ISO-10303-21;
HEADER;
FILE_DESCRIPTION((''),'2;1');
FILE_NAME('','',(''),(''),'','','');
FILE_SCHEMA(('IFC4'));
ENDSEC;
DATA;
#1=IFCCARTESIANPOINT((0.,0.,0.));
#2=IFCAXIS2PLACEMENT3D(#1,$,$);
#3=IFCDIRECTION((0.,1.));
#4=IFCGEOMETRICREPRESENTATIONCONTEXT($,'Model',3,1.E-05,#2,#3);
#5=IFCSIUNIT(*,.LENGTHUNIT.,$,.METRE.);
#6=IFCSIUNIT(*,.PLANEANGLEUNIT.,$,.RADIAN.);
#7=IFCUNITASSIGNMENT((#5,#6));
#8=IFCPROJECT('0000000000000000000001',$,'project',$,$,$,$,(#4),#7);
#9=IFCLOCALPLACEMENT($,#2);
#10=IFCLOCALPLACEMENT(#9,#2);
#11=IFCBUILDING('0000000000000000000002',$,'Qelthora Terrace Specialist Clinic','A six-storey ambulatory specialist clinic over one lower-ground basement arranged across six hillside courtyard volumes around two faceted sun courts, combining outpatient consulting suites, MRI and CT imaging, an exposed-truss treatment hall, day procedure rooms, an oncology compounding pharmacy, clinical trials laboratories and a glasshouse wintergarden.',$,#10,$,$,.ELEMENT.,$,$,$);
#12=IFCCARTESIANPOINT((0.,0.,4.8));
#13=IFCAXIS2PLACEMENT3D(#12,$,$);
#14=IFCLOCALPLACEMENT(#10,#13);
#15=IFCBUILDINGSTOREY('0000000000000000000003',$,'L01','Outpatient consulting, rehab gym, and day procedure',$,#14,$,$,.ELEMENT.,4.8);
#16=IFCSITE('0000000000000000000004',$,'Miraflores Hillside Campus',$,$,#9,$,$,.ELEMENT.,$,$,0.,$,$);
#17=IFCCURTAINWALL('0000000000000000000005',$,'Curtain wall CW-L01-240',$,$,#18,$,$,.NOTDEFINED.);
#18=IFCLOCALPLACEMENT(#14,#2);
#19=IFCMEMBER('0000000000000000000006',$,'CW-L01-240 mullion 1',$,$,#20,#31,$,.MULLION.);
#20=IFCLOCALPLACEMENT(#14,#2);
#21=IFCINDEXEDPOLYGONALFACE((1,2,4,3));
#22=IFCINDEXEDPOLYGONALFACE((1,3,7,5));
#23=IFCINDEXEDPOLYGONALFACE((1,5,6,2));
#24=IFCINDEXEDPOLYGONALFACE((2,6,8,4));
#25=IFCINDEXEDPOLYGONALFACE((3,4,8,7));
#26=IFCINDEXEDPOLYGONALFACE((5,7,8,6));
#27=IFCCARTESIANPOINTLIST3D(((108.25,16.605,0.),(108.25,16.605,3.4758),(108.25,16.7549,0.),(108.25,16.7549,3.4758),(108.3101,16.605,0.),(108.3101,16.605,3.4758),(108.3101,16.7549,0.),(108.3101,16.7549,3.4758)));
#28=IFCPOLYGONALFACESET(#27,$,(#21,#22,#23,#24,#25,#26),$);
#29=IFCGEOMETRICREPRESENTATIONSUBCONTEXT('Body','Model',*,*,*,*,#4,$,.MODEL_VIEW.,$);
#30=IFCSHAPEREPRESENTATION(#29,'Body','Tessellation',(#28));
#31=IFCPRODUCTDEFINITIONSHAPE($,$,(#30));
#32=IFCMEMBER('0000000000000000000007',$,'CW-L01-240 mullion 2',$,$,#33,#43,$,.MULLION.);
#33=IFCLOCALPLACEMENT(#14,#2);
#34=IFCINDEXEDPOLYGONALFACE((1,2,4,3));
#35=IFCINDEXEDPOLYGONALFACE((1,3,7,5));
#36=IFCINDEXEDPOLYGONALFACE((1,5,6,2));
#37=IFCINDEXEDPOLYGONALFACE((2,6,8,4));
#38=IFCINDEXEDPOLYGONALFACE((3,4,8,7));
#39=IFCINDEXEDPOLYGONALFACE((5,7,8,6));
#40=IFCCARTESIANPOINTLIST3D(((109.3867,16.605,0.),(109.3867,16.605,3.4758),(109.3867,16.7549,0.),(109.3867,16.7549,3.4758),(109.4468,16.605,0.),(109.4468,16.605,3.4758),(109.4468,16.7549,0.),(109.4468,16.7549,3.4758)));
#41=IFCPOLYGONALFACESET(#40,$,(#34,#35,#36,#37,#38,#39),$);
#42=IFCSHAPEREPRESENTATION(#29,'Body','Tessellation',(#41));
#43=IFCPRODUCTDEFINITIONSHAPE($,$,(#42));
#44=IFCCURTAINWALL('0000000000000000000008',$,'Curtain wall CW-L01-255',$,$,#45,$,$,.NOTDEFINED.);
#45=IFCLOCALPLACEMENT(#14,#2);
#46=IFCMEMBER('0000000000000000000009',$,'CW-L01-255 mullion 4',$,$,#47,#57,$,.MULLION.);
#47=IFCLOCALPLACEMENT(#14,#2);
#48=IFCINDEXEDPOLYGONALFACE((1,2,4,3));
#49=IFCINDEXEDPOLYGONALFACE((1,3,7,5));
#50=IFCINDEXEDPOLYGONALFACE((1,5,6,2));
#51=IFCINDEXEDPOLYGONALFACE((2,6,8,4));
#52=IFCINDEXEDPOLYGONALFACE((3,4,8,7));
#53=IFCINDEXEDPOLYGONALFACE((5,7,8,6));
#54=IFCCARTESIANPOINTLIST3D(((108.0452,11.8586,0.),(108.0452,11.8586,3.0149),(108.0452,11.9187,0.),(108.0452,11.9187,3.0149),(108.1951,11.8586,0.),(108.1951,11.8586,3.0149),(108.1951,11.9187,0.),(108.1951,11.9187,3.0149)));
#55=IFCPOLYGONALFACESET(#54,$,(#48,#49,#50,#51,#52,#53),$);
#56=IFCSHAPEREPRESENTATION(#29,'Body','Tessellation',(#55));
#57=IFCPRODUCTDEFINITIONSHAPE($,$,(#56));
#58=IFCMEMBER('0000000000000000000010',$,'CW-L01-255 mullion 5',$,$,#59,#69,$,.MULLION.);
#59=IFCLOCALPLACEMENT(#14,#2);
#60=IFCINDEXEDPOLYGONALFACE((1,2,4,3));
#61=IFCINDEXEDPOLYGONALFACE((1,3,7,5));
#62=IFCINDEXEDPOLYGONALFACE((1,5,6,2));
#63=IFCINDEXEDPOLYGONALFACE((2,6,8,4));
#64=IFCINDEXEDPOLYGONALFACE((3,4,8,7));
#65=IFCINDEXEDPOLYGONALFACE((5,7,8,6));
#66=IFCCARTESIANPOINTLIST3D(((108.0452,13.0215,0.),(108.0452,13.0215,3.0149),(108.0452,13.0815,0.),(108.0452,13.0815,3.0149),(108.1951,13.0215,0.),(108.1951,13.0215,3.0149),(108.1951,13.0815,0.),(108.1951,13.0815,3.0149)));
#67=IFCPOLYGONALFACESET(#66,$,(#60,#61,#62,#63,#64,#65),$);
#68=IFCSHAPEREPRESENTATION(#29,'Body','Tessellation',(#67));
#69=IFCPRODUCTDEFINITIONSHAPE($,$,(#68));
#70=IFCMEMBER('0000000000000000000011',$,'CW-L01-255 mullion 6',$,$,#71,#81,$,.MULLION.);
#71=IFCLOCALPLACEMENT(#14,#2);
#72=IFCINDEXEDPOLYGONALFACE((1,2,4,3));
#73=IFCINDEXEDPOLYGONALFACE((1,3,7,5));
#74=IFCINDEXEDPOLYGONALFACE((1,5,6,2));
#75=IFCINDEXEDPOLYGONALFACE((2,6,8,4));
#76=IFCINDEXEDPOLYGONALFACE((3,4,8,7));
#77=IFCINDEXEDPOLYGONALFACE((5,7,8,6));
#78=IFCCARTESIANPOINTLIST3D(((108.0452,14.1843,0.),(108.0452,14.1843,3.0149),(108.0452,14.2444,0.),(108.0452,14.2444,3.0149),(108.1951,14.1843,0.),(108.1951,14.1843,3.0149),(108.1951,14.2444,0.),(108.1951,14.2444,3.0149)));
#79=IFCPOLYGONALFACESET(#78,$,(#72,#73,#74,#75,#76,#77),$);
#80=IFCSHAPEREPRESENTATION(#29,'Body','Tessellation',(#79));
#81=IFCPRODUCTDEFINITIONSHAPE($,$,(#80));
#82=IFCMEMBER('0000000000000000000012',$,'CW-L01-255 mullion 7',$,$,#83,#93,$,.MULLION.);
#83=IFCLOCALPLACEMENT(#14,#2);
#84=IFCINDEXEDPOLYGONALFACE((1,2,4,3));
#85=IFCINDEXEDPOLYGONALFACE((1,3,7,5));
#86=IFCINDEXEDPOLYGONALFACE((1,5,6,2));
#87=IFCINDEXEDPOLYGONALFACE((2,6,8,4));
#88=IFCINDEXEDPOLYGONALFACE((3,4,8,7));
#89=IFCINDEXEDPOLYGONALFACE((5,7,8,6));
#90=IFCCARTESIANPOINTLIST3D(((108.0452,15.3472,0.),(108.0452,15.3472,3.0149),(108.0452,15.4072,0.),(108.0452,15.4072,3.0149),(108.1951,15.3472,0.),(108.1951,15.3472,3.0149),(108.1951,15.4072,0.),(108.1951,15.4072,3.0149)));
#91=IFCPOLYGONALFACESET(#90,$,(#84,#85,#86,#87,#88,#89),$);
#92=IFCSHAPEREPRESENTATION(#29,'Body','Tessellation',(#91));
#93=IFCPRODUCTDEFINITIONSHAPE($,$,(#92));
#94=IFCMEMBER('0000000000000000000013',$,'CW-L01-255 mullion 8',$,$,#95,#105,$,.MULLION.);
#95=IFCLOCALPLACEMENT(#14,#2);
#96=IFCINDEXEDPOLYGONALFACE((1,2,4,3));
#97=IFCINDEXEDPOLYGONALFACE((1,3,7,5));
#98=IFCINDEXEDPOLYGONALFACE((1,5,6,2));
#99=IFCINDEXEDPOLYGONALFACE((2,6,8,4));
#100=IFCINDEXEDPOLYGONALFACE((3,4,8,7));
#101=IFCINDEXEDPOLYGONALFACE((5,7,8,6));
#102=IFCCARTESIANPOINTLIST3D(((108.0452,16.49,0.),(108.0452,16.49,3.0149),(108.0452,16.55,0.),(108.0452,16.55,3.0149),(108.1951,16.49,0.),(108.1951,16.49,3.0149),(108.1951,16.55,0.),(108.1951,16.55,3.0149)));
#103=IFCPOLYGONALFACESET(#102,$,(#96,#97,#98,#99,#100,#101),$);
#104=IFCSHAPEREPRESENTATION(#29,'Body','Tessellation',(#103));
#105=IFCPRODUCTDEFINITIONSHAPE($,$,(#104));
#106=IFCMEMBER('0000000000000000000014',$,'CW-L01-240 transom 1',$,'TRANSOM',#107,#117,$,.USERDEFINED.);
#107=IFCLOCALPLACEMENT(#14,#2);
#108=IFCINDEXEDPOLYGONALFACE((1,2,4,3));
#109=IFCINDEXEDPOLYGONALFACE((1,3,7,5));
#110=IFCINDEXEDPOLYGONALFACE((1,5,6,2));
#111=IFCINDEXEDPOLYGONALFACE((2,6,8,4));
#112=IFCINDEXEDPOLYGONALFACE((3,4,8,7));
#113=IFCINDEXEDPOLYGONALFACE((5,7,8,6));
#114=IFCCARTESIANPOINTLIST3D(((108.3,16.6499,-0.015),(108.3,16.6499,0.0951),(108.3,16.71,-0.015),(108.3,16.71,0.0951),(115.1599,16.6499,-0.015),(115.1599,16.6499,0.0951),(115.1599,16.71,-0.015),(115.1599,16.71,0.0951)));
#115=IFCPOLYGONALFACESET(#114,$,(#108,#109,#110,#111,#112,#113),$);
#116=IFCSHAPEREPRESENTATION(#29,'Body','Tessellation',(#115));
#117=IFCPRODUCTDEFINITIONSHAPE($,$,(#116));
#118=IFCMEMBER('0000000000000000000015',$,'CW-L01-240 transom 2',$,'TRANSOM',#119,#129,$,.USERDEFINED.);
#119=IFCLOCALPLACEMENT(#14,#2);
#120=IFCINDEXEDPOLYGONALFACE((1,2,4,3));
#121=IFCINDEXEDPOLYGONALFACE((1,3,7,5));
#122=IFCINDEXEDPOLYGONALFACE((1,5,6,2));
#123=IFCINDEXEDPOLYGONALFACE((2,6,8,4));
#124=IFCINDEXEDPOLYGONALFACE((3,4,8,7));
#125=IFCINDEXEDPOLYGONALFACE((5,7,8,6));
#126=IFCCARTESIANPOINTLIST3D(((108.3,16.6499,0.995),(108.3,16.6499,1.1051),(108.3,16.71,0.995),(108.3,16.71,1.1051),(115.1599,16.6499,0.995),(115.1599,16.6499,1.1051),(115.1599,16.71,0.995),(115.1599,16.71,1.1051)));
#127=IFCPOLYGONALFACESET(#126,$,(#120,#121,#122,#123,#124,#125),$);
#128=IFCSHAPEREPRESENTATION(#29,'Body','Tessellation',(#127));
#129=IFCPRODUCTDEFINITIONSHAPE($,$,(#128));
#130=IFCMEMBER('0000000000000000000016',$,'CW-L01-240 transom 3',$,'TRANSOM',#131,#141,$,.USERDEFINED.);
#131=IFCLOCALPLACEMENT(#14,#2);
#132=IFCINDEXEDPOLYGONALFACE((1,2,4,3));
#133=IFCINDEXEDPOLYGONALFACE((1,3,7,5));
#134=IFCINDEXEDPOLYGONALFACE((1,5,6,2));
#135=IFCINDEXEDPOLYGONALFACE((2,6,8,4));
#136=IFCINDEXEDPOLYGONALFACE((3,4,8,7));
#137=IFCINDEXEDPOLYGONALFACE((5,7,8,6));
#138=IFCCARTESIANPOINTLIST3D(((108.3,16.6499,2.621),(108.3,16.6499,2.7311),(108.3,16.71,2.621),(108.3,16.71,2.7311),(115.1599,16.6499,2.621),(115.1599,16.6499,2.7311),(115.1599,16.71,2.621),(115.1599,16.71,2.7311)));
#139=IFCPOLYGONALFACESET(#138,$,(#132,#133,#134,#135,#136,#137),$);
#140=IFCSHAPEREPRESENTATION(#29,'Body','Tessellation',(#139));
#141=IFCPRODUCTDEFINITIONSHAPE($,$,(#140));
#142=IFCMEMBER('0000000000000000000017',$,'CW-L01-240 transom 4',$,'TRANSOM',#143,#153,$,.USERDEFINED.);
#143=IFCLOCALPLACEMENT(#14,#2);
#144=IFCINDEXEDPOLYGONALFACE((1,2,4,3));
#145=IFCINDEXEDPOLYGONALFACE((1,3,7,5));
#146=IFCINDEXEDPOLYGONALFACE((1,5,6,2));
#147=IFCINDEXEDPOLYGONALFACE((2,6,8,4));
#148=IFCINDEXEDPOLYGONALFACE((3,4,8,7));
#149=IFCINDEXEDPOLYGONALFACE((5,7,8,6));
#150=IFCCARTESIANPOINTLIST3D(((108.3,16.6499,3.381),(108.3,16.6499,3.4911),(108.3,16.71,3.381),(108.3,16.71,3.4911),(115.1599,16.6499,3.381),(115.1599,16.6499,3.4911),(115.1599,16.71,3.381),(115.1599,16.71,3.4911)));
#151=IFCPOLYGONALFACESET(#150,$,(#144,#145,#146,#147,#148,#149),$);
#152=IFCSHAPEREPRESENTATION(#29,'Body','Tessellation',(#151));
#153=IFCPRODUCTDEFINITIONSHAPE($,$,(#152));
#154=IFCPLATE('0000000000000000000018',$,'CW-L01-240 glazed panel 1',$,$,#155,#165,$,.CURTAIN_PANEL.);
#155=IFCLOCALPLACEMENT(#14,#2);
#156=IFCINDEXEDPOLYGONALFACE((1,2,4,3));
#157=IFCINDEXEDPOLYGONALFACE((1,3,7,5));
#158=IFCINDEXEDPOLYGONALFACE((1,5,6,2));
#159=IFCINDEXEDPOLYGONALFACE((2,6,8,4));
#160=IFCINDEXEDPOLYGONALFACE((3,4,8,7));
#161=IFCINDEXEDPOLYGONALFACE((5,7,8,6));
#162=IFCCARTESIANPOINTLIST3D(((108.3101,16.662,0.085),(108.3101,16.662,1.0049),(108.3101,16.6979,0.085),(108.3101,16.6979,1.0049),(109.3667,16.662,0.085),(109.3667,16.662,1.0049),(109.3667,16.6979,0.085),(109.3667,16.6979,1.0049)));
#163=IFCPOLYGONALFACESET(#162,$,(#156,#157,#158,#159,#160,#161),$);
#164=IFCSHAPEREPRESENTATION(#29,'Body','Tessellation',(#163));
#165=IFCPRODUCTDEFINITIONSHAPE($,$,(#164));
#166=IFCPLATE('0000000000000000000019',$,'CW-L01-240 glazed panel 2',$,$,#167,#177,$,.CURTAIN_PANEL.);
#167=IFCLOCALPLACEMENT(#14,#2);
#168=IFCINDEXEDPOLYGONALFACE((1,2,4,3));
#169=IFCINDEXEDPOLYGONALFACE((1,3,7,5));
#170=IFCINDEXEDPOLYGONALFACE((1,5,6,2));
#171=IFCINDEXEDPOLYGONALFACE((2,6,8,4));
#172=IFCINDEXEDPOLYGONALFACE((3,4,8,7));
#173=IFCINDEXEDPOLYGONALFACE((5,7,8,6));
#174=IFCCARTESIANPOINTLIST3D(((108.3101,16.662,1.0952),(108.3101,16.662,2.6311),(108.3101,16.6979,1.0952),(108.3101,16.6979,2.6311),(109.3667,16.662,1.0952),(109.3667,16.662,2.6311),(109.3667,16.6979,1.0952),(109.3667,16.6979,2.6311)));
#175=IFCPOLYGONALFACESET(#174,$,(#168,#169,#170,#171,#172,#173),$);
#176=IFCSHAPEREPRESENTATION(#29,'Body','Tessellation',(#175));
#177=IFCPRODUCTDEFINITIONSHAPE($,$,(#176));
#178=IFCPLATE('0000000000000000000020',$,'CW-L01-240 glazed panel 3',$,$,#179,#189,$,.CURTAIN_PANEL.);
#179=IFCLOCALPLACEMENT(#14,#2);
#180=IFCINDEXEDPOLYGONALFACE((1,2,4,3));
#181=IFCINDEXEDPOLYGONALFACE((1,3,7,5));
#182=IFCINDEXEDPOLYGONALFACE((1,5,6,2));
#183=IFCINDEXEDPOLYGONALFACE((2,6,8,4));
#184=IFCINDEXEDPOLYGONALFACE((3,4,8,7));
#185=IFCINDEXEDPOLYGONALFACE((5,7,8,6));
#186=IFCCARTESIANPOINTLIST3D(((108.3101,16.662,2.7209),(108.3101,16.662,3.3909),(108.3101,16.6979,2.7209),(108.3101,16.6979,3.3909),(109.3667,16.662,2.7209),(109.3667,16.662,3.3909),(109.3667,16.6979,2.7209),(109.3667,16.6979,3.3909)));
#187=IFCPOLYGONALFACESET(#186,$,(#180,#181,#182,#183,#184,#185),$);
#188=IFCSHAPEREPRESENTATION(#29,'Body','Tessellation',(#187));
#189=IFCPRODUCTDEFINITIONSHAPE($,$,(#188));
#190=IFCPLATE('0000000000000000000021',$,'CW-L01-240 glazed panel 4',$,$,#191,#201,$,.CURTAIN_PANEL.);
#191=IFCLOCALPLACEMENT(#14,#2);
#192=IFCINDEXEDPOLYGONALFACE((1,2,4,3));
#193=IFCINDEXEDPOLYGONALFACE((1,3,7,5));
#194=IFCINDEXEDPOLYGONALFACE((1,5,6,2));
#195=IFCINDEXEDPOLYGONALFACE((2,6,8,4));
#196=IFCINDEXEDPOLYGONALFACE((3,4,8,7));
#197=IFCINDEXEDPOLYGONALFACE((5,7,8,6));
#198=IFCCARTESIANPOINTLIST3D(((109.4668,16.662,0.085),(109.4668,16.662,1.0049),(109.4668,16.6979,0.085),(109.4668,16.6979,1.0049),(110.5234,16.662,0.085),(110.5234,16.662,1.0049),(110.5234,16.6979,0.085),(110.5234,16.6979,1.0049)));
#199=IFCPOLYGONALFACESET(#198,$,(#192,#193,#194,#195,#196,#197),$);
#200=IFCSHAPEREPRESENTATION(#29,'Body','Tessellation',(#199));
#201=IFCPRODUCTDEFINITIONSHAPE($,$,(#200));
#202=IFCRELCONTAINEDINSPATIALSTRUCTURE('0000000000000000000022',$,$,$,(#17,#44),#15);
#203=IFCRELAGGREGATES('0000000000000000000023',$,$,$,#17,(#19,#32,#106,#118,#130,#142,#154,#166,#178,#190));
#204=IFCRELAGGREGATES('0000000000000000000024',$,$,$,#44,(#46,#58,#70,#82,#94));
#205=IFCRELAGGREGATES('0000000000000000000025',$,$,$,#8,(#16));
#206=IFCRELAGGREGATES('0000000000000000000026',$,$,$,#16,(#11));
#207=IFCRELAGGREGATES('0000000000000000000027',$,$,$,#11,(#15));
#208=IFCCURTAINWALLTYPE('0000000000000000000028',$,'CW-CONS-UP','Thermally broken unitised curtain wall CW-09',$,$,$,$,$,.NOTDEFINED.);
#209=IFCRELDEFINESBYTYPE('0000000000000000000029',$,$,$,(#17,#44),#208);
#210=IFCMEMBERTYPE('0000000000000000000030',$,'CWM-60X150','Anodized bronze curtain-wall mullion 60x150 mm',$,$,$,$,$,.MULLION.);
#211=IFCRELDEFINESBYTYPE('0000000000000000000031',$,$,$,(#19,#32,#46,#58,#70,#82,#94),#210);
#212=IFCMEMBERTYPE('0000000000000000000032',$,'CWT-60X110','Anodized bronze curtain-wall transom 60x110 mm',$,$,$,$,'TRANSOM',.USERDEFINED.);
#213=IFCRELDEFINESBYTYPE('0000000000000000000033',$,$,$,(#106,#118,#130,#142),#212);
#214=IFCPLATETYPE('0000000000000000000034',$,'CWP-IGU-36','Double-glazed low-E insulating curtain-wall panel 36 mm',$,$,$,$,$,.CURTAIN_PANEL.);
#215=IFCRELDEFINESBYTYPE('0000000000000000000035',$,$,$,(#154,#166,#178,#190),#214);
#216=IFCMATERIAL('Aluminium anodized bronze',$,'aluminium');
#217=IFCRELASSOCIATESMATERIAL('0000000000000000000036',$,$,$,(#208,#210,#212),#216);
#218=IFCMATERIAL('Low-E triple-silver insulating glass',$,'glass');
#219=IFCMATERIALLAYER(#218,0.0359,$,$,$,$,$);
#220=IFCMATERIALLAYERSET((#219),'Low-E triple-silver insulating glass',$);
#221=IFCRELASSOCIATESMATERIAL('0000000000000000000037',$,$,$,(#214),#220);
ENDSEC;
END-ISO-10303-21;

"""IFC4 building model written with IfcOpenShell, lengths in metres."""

from ifc_helpers import new_model, si_unit, direction, frame, origin, origin_2d, place, context, subcontext, project, spatial, rectangle, extrude, material, layer, layer_set, material_profile, profile_set, type_object, element, aggregate, save


model = new_model("IFC4")

# Units and contexts
model_context = context("Model", 3, precision=1e-05, world=origin(), true_north=direction((0.0, 1.0)))
body_context = subcontext(model_context, "Body", "Model", "MODEL_VIEW")
ifc_project = project(units=[si_unit("LENGTHUNIT", "METRE"), si_unit("PLANEANGLEUNIT", "RADIAN")], contexts=[model_context])

# Site, building, storey
site_placement = place(None, origin())
site = spatial("IfcSite", under=ifc_project, at=site_placement, Name="Miraflores Hillside Campus", CompositionType="ELEMENT", RefElevation=0.0)
building_placement = place(site_placement, origin())
building = spatial("IfcBuilding", under=site, at=building_placement, Name="Qelthora Terrace Specialist Clinic", Description="A six-storey ambulatory specialist clinic over one lower-ground basement arranged across six hillside courtyard volumes around two faceted sun courts, combining outpatient consulting suites, MRI and CT imaging, an exposed-truss treatment hall, day procedure rooms, an oncology compounding pharmacy, clinical trials laboratories and a glasshouse wintergarden.", CompositionType="ELEMENT")
storey_placement = place(building_placement, frame((0.0, 0.0, 4.8)))
storey = spatial("IfcBuildingStorey", under=building, at=storey_placement, Name="L01", Description="Outpatient consulting, rehab gym, and day procedure", CompositionType="ELEMENT", Elevation=4.8)

# Curtain walls, members
ifc_material_1 = material(Name="Aluminium anodized bronze", Category="aluminium")
curtain_wall_type = type_object("IfcCurtainWallType", Name="CW-CONS-UP", Description="Thermally broken unitised curtain wall CW-09", PredefinedType="NOTDEFINED", material=ifc_material_1)
curtain_wall_1_placement = place(storey_placement, origin())
curtain_wall_1 = element("IfcCurtainWall", 1, at=curtain_wall_1_placement, inside=storey, type_object=curtain_wall_type, Name="Curtain wall CW-L01-240", PredefinedType="NOTDEFINED")
ifc_material_profile_1 = material_profile(ifc_material_1, rectangle(XDim=0.0601, YDim=0.1499, at=origin_2d()), Name="CWM60X150")
ifc_profile_set_1 = profile_set([ifc_material_profile_1], Name="Aluminium anodized bronze")
member_type_1 = type_object("IfcMemberType", Name="CWM-60X150", Description="Anodized bronze curtain-wall mullion 60x150 mm", PredefinedType="MULLION", material=ifc_profile_set_1)
member_1_placement = place(storey_placement, frame((108.28, 16.6799, 0.0), z_axis=(0.0, 0.0, 1.0), x_axis=(1.0, 0.0, 0.0)))
member_1 = element("IfcMember", 2, at=member_1_placement, type_object=member_type_1, Name="CW-L01-240 mullion 1", PredefinedType="MULLION", context=body_context, shape_type="SweptSolid", body=[
    extrude(rectangle(XDim=0.0601, YDim=0.1499, at=origin_2d()), origin(), (0.0, 0.0, 1.0), 3.4758),
])
member_2_placement = place(storey_placement, frame((109.4167, 16.6799, 0.0), z_axis=(0.0, 0.0, 1.0), x_axis=(1.0, 0.0, 0.0)))
member_2 = element("IfcMember", 3, at=member_2_placement, type_object=member_type_1, Name="CW-L01-240 mullion 2", PredefinedType="MULLION", context=body_context, shape_type="SweptSolid", body=[
    extrude(rectangle(XDim=0.0601, YDim=0.1499, at=origin_2d()), origin(), (0.0, 0.0, 1.0), 3.4758),
])
curtain_wall_2_placement = place(storey_placement, origin())
curtain_wall_2 = element("IfcCurtainWall", 4, at=curtain_wall_2_placement, inside=storey, type_object=curtain_wall_type, Name="Curtain wall CW-L01-255", PredefinedType="NOTDEFINED")
member_3_placement = place(storey_placement, frame((108.1201, 11.8887, 0.0), z_axis=(0.0, 0.0, 1.0), x_axis=(0.0, 1.0, 0.0)))
member_3 = element("IfcMember", 5, at=member_3_placement, type_object=member_type_1, Name="CW-L01-255 mullion 4", PredefinedType="MULLION", context=body_context, shape_type="SweptSolid", body=[
    extrude(rectangle(XDim=0.0601, YDim=0.1499, at=origin_2d()), origin(), (0.0, 0.0, 1.0), 3.0149),
])
member_4_placement = place(storey_placement, frame((108.1201, 13.0515, 0.0), z_axis=(0.0, 0.0, 1.0), x_axis=(0.0, 1.0, 0.0)))
member_4 = element("IfcMember", 6, at=member_4_placement, type_object=member_type_1, Name="CW-L01-255 mullion 5", PredefinedType="MULLION", context=body_context, shape_type="SweptSolid", body=[
    extrude(rectangle(XDim=0.0601, YDim=0.1499, at=origin_2d()), origin(), (0.0, 0.0, 1.0), 3.0149),
])
member_5_placement = place(storey_placement, frame((108.1201, 14.2144, 0.0), z_axis=(0.0, 0.0, 1.0), x_axis=(0.0, 1.0, 0.0)))
member_5 = element("IfcMember", 7, at=member_5_placement, type_object=member_type_1, Name="CW-L01-255 mullion 6", PredefinedType="MULLION", context=body_context, shape_type="SweptSolid", body=[
    extrude(rectangle(XDim=0.0601, YDim=0.1499, at=origin_2d()), origin(), (0.0, 0.0, 1.0), 3.0149),
])
member_6_placement = place(storey_placement, frame((108.1201, 15.3772, 0.0), z_axis=(0.0, 0.0, 1.0), x_axis=(0.0, 1.0, 0.0)))
member_6 = element("IfcMember", 8, at=member_6_placement, type_object=member_type_1, Name="CW-L01-255 mullion 7", PredefinedType="MULLION", context=body_context, shape_type="SweptSolid", body=[
    extrude(rectangle(XDim=0.0601, YDim=0.1499, at=origin_2d()), origin(), (0.0, 0.0, 1.0), 3.0149),
])
member_7_placement = place(storey_placement, frame((108.1201, 16.52, 0.0), z_axis=(0.0, 0.0, 1.0), x_axis=(0.0, 1.0, 0.0)))
member_7 = element("IfcMember", 9, at=member_7_placement, type_object=member_type_1, Name="CW-L01-255 mullion 8", PredefinedType="MULLION", context=body_context, shape_type="SweptSolid", body=[
    extrude(rectangle(XDim=0.0601, YDim=0.1499, at=origin_2d()), origin(), (0.0, 0.0, 1.0), 3.0149),
])

# Members
ifc_material_profile_2 = material_profile(ifc_material_1, rectangle(XDim=0.0601, YDim=0.1101, at=origin_2d()), Name="CWT60X110")
ifc_profile_set_2 = profile_set([ifc_material_profile_2], Name="Aluminium anodized bronze")
member_type_2 = type_object("IfcMemberType", Name="CWT-60X110", Description="Anodized bronze curtain-wall transom 60x110 mm", ElementType="TRANSOM", PredefinedType="USERDEFINED", material=ifc_profile_set_2)
member_8_placement = place(storey_placement, frame((108.3, 16.6799, 0.04), z_axis=(1.0, 0.0, 0.0), x_axis=(0.0, 1.0, 0.0)))
member_8 = element("IfcMember", 10, at=member_8_placement, type_object=member_type_2, Name="CW-L01-240 transom 1", ObjectType="TRANSOM", PredefinedType="USERDEFINED", context=body_context, shape_type="SweptSolid", body=[
    extrude(rectangle(XDim=0.0601, YDim=0.1101, at=origin_2d()), origin(), (0.0, 0.0, 1.0), 6.8599),
])
member_9_placement = place(storey_placement, frame((108.3, 16.6799, 1.05), z_axis=(1.0, 0.0, 0.0), x_axis=(0.0, 1.0, 0.0)))
member_9 = element("IfcMember", 11, at=member_9_placement, type_object=member_type_2, Name="CW-L01-240 transom 2", ObjectType="TRANSOM", PredefinedType="USERDEFINED", context=body_context, shape_type="SweptSolid", body=[
    extrude(rectangle(XDim=0.0601, YDim=0.1101, at=origin_2d()), origin(), (0.0, 0.0, 1.0), 6.8599),
])
member_10_placement = place(storey_placement, frame((108.3, 16.6799, 2.676), z_axis=(1.0, 0.0, 0.0), x_axis=(0.0, 1.0, 0.0)))
member_10 = element("IfcMember", 12, at=member_10_placement, type_object=member_type_2, Name="CW-L01-240 transom 3", ObjectType="TRANSOM", PredefinedType="USERDEFINED", context=body_context, shape_type="SweptSolid", body=[
    extrude(rectangle(XDim=0.0601, YDim=0.1101, at=origin_2d()), origin(), (0.0, 0.0, 1.0), 6.8599),
])
member_11_placement = place(storey_placement, frame((108.3, 16.6799, 3.436), z_axis=(1.0, 0.0, 0.0), x_axis=(0.0, 1.0, 0.0)))
member_11 = element("IfcMember", 13, at=member_11_placement, type_object=member_type_2, Name="CW-L01-240 transom 4", ObjectType="TRANSOM", PredefinedType="USERDEFINED", context=body_context, shape_type="SweptSolid", body=[
    extrude(rectangle(XDim=0.0601, YDim=0.1101, at=origin_2d()), origin(), (0.0, 0.0, 1.0), 6.8599),
])

# Plates
ifc_material_2 = material(Name="Low-E triple-silver insulating glass", Category="glass")
ifc_layer_1 = layer(ifc_material_2, 0.0359)
ifc_layer_set_1 = layer_set([ifc_layer_1], Name="Low-E triple-silver insulating glass")
plate_type = type_object("IfcPlateType", Name="CWP-IGU-36", Description="Double-glazed low-E insulating curtain-wall panel 36 mm", PredefinedType="CURTAIN_PANEL", material=ifc_layer_set_1)
plate_1_placement = place(storey_placement, frame((108.8384, 16.6799, 0.085), z_axis=(0.0, 0.0, 1.0), x_axis=(1.0, 0.0, 0.0)))
plate_1 = element("IfcPlate", 14, at=plate_1_placement, type_object=plate_type, Name="CW-L01-240 glazed panel 1", PredefinedType="CURTAIN_PANEL", context=body_context, shape_type="SweptSolid", body=[
    extrude(rectangle(XDim=1.0566, YDim=0.0359, at=origin_2d()), origin(), (0.0, 0.0, 1.0), 0.9199),
])
plate_2_placement = place(storey_placement, frame((108.8384, 16.6799, 1.0952), z_axis=(0.0, 0.0, 1.0), x_axis=(1.0, 0.0, 0.0)))
plate_2 = element("IfcPlate", 15, at=plate_2_placement, type_object=plate_type, Name="CW-L01-240 glazed panel 2", PredefinedType="CURTAIN_PANEL", context=body_context, shape_type="SweptSolid", body=[
    extrude(rectangle(XDim=1.0566, YDim=0.0359, at=origin_2d()), origin(), (0.0, 0.0, 1.0), 1.5359),
])
plate_3_placement = place(storey_placement, frame((108.8384, 16.6799, 2.7209), z_axis=(0.0, 0.0, 1.0), x_axis=(1.0, 0.0, 0.0)))
plate_3 = element("IfcPlate", 16, at=plate_3_placement, type_object=plate_type, Name="CW-L01-240 glazed panel 3", PredefinedType="CURTAIN_PANEL", context=body_context, shape_type="SweptSolid", body=[
    extrude(rectangle(XDim=1.0566, YDim=0.0359, at=origin_2d()), origin(), (0.0, 0.0, 1.0), 0.6699),
])
plate_4_placement = place(storey_placement, frame((109.9951, 16.6799, 0.085), z_axis=(0.0, 0.0, 1.0), x_axis=(1.0, 0.0, 0.0)))
plate_4 = element("IfcPlate", 17, at=plate_4_placement, type_object=plate_type, Name="CW-L01-240 glazed panel 4", PredefinedType="CURTAIN_PANEL", context=body_context, shape_type="SweptSolid", body=[
    extrude(rectangle(XDim=1.0566, YDim=0.0359, at=origin_2d()), origin(), (0.0, 0.0, 1.0), 0.9199),
])
aggregate(curtain_wall_1, [member_1, member_2, member_8, member_9, member_10, member_11, plate_1, plate_2, plate_3, plate_4])
aggregate(curtain_wall_2, [member_3, member_4, member_5, member_6, member_7])

save(model, "model.ifc")
